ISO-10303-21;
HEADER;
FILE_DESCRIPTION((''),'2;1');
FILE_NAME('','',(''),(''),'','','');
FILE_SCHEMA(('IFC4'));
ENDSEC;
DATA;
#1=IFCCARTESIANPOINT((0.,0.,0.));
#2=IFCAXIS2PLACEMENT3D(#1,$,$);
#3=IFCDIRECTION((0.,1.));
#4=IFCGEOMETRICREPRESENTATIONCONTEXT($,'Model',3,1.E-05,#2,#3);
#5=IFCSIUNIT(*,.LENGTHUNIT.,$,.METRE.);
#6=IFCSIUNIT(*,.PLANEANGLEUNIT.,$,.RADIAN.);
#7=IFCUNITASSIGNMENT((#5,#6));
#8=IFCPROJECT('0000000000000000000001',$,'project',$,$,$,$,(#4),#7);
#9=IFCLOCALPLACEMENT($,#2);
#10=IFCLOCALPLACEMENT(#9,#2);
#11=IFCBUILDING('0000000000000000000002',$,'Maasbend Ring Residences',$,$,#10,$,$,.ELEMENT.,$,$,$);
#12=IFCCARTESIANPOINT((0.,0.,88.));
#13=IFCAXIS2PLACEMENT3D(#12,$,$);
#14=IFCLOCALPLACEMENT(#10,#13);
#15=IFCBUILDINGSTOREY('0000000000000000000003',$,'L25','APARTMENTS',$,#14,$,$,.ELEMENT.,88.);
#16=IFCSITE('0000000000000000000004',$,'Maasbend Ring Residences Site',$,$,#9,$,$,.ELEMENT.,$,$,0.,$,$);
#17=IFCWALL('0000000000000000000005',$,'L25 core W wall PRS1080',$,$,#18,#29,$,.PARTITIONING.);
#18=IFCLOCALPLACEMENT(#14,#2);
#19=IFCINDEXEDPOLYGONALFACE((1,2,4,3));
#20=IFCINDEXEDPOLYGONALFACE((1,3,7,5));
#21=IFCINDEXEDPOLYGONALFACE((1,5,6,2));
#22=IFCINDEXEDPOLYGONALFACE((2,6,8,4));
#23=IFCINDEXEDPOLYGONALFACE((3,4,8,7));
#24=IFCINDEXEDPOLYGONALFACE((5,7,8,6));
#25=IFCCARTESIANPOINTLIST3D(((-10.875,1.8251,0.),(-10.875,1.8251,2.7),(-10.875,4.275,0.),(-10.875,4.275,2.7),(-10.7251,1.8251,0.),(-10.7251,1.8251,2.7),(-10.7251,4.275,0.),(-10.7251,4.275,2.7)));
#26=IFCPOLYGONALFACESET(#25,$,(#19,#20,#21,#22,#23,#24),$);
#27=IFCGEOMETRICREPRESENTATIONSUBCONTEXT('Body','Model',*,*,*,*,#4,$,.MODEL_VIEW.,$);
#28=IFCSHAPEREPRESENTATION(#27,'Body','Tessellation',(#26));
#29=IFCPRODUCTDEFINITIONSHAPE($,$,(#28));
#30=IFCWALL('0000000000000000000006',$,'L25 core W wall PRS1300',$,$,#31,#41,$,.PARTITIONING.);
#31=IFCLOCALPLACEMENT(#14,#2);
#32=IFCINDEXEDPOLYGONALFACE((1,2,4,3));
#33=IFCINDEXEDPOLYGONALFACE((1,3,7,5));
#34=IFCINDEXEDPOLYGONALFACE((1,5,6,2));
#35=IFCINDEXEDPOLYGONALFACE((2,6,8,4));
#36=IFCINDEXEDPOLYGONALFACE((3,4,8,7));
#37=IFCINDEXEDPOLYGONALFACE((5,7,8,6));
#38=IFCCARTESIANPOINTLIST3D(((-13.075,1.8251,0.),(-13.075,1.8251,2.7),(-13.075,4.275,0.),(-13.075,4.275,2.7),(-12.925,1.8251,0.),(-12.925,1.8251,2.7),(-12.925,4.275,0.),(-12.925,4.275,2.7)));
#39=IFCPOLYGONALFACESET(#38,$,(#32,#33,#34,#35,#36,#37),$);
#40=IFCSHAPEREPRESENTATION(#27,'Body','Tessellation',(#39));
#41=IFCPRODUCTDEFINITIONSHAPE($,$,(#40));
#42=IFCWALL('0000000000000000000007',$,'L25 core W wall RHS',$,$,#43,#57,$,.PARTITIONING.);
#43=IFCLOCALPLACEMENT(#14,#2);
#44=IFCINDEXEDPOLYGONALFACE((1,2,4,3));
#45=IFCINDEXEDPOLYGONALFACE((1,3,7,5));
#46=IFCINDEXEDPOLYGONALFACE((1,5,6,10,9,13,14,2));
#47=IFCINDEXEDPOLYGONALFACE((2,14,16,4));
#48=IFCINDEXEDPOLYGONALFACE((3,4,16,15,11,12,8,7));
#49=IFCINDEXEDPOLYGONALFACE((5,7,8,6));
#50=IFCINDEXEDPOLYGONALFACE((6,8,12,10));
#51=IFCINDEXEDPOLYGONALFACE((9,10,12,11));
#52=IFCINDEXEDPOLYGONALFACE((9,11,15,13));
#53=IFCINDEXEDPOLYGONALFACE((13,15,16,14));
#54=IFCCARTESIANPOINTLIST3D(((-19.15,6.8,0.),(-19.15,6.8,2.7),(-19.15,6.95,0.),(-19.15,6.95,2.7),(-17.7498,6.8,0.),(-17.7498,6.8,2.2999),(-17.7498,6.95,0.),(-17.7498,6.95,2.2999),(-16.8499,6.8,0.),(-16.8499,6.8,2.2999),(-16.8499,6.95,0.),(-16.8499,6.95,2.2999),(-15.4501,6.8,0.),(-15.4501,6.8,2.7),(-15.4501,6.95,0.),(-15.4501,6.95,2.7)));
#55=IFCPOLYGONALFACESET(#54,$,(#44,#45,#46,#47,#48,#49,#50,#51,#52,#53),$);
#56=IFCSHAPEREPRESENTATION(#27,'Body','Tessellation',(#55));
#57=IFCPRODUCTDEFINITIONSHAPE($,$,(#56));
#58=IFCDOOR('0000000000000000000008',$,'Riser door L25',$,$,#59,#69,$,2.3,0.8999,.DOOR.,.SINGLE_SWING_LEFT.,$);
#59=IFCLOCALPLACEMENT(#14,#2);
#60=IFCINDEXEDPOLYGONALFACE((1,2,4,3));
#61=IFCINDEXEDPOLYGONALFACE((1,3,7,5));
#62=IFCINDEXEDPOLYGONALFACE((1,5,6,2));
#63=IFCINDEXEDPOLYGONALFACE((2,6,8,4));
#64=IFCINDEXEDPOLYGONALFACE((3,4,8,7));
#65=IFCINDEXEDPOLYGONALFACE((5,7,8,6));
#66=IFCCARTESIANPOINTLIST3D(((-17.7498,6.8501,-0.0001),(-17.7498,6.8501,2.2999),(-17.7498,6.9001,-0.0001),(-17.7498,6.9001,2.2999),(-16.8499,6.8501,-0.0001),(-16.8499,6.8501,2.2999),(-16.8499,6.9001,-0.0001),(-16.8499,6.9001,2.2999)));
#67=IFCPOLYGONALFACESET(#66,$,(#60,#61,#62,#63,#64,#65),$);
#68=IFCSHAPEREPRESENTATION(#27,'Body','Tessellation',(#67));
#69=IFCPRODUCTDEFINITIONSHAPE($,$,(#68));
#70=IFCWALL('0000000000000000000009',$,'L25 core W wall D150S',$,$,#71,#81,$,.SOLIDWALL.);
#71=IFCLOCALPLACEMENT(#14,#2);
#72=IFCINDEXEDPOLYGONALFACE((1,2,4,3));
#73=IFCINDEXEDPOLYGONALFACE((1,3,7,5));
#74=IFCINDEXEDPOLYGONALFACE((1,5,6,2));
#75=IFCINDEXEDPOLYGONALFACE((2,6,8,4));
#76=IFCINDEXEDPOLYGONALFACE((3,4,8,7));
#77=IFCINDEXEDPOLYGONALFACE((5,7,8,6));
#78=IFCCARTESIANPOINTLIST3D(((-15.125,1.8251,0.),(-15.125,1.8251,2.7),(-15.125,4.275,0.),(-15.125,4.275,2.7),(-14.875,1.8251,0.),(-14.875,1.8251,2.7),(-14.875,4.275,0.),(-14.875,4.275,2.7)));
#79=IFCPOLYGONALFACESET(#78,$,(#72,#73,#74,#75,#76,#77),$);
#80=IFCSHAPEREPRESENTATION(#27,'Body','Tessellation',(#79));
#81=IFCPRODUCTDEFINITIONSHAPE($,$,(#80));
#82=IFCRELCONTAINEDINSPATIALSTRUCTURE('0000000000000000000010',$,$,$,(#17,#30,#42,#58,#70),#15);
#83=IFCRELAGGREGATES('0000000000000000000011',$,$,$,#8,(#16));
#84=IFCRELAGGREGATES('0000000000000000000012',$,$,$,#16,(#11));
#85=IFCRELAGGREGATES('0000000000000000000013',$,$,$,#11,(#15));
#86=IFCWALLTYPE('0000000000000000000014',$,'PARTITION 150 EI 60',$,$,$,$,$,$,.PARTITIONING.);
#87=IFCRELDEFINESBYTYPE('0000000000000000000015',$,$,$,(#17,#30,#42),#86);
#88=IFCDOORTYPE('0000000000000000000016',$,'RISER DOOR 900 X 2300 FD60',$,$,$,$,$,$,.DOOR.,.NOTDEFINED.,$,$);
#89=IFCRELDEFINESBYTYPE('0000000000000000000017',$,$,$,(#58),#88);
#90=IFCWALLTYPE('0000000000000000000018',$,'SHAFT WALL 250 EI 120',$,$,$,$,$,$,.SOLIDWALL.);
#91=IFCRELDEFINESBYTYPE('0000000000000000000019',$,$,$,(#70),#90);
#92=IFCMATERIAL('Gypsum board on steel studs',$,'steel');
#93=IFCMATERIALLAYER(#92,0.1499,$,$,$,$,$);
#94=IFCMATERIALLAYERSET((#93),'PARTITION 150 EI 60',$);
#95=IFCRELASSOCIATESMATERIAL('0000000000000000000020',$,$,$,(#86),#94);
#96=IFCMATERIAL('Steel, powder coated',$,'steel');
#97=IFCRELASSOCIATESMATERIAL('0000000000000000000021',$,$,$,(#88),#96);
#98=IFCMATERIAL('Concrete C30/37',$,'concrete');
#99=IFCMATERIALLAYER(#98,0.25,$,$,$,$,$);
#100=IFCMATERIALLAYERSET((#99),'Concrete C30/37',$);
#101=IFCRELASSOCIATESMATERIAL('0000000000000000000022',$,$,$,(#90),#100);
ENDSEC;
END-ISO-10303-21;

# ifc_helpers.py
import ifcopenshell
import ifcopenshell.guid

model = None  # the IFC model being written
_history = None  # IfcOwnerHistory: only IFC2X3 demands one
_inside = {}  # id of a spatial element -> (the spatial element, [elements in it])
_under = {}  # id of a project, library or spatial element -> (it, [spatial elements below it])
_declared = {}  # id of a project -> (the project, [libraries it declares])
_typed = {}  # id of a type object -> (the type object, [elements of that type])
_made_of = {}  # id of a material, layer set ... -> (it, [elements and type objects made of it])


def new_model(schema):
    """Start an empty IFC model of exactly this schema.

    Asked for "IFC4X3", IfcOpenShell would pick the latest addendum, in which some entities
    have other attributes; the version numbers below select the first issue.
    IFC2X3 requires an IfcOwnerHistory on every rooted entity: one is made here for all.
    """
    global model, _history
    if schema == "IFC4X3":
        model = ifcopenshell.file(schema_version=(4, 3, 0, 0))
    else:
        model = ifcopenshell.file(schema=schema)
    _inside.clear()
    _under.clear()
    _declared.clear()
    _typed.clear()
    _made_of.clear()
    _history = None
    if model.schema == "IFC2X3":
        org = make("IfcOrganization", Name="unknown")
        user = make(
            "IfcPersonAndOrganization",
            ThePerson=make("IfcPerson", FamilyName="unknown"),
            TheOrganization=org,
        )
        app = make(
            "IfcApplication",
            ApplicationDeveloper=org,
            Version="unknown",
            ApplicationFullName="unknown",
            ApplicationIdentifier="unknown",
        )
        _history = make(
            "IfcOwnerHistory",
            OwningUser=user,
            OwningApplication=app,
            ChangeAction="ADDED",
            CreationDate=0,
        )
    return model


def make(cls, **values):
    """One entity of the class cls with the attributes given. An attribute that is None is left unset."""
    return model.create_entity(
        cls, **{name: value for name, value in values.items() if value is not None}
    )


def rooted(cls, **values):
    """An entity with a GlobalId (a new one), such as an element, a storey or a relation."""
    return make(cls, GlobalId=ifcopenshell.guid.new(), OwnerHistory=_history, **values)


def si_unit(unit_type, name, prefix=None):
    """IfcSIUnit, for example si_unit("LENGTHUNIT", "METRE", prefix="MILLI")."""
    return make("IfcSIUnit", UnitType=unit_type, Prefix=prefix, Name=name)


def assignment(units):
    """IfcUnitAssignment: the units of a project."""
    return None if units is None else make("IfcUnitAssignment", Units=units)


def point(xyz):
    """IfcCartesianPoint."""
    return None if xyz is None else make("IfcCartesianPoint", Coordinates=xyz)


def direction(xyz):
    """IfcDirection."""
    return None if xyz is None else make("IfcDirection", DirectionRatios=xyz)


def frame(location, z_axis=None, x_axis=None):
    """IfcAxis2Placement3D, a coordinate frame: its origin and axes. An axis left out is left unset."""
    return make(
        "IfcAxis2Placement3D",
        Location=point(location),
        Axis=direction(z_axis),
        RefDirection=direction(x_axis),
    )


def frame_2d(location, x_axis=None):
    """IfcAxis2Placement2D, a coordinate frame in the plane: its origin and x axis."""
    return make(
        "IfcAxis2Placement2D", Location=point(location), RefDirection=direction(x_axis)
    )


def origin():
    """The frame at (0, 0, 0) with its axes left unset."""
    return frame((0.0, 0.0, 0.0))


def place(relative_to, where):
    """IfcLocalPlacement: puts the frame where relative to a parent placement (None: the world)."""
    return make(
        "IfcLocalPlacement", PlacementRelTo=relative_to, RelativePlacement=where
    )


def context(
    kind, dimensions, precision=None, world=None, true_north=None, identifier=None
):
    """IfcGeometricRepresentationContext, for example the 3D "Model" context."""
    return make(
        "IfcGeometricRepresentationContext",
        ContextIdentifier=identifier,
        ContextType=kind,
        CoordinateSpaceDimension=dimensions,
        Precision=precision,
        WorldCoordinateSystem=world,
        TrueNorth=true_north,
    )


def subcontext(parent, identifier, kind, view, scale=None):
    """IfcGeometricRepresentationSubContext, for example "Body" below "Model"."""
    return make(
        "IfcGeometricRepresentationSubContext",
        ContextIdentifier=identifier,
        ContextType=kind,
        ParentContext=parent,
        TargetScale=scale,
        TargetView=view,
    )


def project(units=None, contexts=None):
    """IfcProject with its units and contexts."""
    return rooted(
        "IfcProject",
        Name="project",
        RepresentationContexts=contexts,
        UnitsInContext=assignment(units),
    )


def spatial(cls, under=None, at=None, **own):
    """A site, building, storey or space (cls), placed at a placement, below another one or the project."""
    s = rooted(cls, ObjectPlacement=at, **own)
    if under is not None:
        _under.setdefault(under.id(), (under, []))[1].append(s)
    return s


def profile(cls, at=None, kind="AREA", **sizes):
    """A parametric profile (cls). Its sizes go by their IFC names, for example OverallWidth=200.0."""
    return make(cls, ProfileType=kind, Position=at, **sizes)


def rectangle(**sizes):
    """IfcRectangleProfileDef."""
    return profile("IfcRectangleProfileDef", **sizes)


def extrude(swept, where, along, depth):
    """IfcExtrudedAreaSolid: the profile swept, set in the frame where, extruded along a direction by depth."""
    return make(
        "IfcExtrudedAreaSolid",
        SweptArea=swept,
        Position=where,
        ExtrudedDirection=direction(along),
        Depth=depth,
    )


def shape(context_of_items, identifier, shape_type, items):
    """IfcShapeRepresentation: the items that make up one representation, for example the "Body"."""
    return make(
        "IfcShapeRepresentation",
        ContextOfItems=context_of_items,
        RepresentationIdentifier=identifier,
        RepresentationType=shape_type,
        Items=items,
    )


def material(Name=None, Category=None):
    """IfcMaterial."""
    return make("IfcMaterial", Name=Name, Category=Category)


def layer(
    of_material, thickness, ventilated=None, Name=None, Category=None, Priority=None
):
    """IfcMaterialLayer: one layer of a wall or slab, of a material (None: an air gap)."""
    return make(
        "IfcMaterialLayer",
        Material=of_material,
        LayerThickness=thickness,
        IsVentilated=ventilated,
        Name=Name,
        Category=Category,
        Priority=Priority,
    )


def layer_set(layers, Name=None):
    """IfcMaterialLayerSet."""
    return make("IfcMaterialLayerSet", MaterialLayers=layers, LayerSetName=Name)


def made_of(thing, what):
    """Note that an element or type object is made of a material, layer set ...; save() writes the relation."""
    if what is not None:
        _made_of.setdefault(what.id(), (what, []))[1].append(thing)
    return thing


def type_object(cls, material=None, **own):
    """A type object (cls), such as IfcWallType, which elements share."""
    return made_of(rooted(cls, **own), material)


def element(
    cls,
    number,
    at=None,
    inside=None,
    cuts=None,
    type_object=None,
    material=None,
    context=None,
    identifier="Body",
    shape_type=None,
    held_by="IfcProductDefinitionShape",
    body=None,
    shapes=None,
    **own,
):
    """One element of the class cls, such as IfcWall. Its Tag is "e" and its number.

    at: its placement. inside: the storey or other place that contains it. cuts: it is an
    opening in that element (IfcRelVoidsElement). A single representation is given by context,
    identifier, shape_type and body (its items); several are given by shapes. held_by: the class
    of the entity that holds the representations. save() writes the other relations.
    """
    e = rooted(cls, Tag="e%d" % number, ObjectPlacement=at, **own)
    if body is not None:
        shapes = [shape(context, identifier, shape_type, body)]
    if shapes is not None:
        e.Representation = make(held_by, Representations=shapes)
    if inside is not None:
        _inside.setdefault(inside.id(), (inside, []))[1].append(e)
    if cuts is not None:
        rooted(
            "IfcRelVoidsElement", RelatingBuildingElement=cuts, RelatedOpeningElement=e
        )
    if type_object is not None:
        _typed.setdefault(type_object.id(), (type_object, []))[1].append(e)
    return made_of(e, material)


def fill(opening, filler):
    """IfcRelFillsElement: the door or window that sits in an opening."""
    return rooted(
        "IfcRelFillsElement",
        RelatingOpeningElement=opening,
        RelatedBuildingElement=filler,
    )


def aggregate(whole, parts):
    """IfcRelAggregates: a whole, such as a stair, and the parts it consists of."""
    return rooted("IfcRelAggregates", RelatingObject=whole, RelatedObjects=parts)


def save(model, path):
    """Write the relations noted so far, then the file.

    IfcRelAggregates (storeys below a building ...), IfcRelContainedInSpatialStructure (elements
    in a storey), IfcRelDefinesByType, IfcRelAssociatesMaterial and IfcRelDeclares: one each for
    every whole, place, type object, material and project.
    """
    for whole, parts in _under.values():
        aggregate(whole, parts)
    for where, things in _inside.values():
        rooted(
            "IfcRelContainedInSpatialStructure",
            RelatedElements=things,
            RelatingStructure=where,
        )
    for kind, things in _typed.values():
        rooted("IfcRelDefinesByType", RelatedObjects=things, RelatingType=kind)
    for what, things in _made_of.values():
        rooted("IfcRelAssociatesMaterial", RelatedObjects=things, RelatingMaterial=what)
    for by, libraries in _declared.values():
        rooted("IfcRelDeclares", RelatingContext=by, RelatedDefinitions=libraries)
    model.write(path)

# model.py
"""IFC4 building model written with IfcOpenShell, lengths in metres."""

from ifc_helpers import new_model, si_unit, direction, frame, frame_2d, origin, place, context, subcontext, project, spatial, rectangle, extrude, material, layer, layer_set, type_object, element, fill, save


model = new_model("IFC4")

# Units and contexts
model_context = context("Model", 3, precision=1e-05, world=origin(), true_north=direction((0.0, 1.0)))
body_context = subcontext(model_context, "Body", "Model", "MODEL_VIEW")
ifc_project = project(units=[si_unit("LENGTHUNIT", "METRE"), si_unit("PLANEANGLEUNIT", "RADIAN")], contexts=[model_context])

# Site, building, storey
site_placement = place(None, origin())
site = spatial("IfcSite", under=ifc_project, at=site_placement, Name="Maasbend Ring Residences Site", CompositionType="ELEMENT", RefElevation=0.0)
building_placement = place(site_placement, origin())
building = spatial("IfcBuilding", under=site, at=building_placement, Name="Maasbend Ring Residences", CompositionType="ELEMENT")
storey_placement = place(building_placement, frame((0.0, 0.0, 88.0)))
storey = spatial("IfcBuildingStorey", under=building, at=storey_placement, Name="L25", Description="APARTMENTS", CompositionType="ELEMENT", Elevation=88.0)

# Walls
ifc_material_1 = material(Name="Gypsum board on steel studs", Category="steel")
ifc_layer_1 = layer(ifc_material_1, 0.1499)
ifc_layer_set_1 = layer_set([ifc_layer_1], Name="PARTITION 150 EI 60")
wall_type_1 = type_object("IfcWallType", Name="PARTITION 150 EI 60", PredefinedType="PARTITIONING", material=ifc_layer_set_1)
for number, where, z_axis, x_axis, name in (
    (1, (-10.8, 1.825, 0.0), (0.0, 0.0, 1.0), (0.0, 1.0, 0.0), "L25 core W wall PRS1080"),
    (2, (-13.0, 1.825, 0.0), (0.0, 0.0, 1.0), (0.0, 1.0, 0.0), "L25 core W wall PRS1300"),
):
    element("IfcWall", number, at=place(storey_placement, frame(where, z_axis=z_axis, x_axis=x_axis)), inside=storey, type_object=wall_type_1, Name=name, PredefinedType="PARTITIONING", context=body_context, shape_type="SweptSolid", body=[
        extrude(rectangle(XDim=2.45, YDim=0.1499, at=frame_2d((1.2251, 0.0))), origin(), (0.0, 0.0, 1.0), 2.7),
    ])

# Wall, opening, door
wall_1_placement = place(storey_placement, frame((-15.45, 6.875, 0.0), z_axis=(0.0, 0.0, 1.0), x_axis=(-1.0, 0.0, 0.0)))
wall_1 = element("IfcWall", 3, at=wall_1_placement, inside=storey, type_object=wall_type_1, Name="L25 core W wall RHS", PredefinedType="PARTITIONING", context=body_context, shape_type="SweptSolid", body=[
    extrude(rectangle(XDim=3.7, YDim=0.1499, at=frame_2d((1.8501, 0.0))), origin(), (0.0, 0.0, 1.0), 2.7),
])
opening_1_placement = place(wall_1_placement, frame((1.3999, 0.0, 0.0)))
opening_1 = element("IfcOpeningElement", 4, at=opening_1_placement, cuts=wall_1, PredefinedType="OPENING", context=body_context, shape_type="SweptSolid", body=[
    extrude(rectangle(XDim=0.8999, YDim=2.3, at=frame_2d((0.45, 1.1499))), frame((0.0, 0.085, 0.0), z_axis=(0.0, -1.0, 0.0), x_axis=(1.0, 0.0, 0.0)), (0.0, 0.0, 1.0), 0.1699),
])
ifc_material_2 = material(Name="Steel, powder coated", Category="steel")
door_type_1 = type_object("IfcDoorType", Name="RISER DOOR 900 X 2300 FD60", OperationType="NOTDEFINED", PredefinedType="DOOR", material=ifc_material_2)
door_1_placement = place(opening_1_placement, origin())
door_1 = element("IfcDoor", 5, at=door_1_placement, inside=storey, type_object=door_type_1, Name="Riser door L25", OperationType="SINGLE_SWING_LEFT", OverallHeight=2.3, OverallWidth=0.8999, PredefinedType="DOOR", context=body_context, shape_type="SweptSolid", body=[
    extrude(rectangle(XDim=0.8999, YDim=2.3, at=frame_2d((0.45, 1.1499))), frame((0.0, 0.0249, 0.0), z_axis=(0.0, -1.0, 0.0), x_axis=(1.0, 0.0, 0.0)), (0.0, 0.0, 1.0), 0.05),
])
fill(opening_1, door_1)

# Wall
ifc_material_3 = material(Name="Concrete C30/37", Category="concrete")
ifc_layer_2 = layer(ifc_material_3, 0.25)
ifc_layer_set_2 = layer_set([ifc_layer_2], Name="Concrete C30/37")
wall_type_2 = type_object("IfcWallType", Name="SHAFT WALL 250 EI 120", PredefinedType="SOLIDWALL", material=ifc_layer_set_2)
wall_2_placement = place(storey_placement, frame((-15.0, 1.825, 0.0), z_axis=(0.0, 0.0, 1.0), x_axis=(0.0, 1.0, 0.0)))
element("IfcWall", 6, at=wall_2_placement, inside=storey, type_object=wall_type_2, Name="L25 core W wall D150S", PredefinedType="SOLIDWALL", context=body_context, shape_type="SweptSolid", body=[
    extrude(rectangle(XDim=2.45, YDim=0.25, at=frame_2d((1.2251, 0.0))), origin(), (0.0, 0.0, 1.0), 2.7),
])

save(model, "model.ifc")
